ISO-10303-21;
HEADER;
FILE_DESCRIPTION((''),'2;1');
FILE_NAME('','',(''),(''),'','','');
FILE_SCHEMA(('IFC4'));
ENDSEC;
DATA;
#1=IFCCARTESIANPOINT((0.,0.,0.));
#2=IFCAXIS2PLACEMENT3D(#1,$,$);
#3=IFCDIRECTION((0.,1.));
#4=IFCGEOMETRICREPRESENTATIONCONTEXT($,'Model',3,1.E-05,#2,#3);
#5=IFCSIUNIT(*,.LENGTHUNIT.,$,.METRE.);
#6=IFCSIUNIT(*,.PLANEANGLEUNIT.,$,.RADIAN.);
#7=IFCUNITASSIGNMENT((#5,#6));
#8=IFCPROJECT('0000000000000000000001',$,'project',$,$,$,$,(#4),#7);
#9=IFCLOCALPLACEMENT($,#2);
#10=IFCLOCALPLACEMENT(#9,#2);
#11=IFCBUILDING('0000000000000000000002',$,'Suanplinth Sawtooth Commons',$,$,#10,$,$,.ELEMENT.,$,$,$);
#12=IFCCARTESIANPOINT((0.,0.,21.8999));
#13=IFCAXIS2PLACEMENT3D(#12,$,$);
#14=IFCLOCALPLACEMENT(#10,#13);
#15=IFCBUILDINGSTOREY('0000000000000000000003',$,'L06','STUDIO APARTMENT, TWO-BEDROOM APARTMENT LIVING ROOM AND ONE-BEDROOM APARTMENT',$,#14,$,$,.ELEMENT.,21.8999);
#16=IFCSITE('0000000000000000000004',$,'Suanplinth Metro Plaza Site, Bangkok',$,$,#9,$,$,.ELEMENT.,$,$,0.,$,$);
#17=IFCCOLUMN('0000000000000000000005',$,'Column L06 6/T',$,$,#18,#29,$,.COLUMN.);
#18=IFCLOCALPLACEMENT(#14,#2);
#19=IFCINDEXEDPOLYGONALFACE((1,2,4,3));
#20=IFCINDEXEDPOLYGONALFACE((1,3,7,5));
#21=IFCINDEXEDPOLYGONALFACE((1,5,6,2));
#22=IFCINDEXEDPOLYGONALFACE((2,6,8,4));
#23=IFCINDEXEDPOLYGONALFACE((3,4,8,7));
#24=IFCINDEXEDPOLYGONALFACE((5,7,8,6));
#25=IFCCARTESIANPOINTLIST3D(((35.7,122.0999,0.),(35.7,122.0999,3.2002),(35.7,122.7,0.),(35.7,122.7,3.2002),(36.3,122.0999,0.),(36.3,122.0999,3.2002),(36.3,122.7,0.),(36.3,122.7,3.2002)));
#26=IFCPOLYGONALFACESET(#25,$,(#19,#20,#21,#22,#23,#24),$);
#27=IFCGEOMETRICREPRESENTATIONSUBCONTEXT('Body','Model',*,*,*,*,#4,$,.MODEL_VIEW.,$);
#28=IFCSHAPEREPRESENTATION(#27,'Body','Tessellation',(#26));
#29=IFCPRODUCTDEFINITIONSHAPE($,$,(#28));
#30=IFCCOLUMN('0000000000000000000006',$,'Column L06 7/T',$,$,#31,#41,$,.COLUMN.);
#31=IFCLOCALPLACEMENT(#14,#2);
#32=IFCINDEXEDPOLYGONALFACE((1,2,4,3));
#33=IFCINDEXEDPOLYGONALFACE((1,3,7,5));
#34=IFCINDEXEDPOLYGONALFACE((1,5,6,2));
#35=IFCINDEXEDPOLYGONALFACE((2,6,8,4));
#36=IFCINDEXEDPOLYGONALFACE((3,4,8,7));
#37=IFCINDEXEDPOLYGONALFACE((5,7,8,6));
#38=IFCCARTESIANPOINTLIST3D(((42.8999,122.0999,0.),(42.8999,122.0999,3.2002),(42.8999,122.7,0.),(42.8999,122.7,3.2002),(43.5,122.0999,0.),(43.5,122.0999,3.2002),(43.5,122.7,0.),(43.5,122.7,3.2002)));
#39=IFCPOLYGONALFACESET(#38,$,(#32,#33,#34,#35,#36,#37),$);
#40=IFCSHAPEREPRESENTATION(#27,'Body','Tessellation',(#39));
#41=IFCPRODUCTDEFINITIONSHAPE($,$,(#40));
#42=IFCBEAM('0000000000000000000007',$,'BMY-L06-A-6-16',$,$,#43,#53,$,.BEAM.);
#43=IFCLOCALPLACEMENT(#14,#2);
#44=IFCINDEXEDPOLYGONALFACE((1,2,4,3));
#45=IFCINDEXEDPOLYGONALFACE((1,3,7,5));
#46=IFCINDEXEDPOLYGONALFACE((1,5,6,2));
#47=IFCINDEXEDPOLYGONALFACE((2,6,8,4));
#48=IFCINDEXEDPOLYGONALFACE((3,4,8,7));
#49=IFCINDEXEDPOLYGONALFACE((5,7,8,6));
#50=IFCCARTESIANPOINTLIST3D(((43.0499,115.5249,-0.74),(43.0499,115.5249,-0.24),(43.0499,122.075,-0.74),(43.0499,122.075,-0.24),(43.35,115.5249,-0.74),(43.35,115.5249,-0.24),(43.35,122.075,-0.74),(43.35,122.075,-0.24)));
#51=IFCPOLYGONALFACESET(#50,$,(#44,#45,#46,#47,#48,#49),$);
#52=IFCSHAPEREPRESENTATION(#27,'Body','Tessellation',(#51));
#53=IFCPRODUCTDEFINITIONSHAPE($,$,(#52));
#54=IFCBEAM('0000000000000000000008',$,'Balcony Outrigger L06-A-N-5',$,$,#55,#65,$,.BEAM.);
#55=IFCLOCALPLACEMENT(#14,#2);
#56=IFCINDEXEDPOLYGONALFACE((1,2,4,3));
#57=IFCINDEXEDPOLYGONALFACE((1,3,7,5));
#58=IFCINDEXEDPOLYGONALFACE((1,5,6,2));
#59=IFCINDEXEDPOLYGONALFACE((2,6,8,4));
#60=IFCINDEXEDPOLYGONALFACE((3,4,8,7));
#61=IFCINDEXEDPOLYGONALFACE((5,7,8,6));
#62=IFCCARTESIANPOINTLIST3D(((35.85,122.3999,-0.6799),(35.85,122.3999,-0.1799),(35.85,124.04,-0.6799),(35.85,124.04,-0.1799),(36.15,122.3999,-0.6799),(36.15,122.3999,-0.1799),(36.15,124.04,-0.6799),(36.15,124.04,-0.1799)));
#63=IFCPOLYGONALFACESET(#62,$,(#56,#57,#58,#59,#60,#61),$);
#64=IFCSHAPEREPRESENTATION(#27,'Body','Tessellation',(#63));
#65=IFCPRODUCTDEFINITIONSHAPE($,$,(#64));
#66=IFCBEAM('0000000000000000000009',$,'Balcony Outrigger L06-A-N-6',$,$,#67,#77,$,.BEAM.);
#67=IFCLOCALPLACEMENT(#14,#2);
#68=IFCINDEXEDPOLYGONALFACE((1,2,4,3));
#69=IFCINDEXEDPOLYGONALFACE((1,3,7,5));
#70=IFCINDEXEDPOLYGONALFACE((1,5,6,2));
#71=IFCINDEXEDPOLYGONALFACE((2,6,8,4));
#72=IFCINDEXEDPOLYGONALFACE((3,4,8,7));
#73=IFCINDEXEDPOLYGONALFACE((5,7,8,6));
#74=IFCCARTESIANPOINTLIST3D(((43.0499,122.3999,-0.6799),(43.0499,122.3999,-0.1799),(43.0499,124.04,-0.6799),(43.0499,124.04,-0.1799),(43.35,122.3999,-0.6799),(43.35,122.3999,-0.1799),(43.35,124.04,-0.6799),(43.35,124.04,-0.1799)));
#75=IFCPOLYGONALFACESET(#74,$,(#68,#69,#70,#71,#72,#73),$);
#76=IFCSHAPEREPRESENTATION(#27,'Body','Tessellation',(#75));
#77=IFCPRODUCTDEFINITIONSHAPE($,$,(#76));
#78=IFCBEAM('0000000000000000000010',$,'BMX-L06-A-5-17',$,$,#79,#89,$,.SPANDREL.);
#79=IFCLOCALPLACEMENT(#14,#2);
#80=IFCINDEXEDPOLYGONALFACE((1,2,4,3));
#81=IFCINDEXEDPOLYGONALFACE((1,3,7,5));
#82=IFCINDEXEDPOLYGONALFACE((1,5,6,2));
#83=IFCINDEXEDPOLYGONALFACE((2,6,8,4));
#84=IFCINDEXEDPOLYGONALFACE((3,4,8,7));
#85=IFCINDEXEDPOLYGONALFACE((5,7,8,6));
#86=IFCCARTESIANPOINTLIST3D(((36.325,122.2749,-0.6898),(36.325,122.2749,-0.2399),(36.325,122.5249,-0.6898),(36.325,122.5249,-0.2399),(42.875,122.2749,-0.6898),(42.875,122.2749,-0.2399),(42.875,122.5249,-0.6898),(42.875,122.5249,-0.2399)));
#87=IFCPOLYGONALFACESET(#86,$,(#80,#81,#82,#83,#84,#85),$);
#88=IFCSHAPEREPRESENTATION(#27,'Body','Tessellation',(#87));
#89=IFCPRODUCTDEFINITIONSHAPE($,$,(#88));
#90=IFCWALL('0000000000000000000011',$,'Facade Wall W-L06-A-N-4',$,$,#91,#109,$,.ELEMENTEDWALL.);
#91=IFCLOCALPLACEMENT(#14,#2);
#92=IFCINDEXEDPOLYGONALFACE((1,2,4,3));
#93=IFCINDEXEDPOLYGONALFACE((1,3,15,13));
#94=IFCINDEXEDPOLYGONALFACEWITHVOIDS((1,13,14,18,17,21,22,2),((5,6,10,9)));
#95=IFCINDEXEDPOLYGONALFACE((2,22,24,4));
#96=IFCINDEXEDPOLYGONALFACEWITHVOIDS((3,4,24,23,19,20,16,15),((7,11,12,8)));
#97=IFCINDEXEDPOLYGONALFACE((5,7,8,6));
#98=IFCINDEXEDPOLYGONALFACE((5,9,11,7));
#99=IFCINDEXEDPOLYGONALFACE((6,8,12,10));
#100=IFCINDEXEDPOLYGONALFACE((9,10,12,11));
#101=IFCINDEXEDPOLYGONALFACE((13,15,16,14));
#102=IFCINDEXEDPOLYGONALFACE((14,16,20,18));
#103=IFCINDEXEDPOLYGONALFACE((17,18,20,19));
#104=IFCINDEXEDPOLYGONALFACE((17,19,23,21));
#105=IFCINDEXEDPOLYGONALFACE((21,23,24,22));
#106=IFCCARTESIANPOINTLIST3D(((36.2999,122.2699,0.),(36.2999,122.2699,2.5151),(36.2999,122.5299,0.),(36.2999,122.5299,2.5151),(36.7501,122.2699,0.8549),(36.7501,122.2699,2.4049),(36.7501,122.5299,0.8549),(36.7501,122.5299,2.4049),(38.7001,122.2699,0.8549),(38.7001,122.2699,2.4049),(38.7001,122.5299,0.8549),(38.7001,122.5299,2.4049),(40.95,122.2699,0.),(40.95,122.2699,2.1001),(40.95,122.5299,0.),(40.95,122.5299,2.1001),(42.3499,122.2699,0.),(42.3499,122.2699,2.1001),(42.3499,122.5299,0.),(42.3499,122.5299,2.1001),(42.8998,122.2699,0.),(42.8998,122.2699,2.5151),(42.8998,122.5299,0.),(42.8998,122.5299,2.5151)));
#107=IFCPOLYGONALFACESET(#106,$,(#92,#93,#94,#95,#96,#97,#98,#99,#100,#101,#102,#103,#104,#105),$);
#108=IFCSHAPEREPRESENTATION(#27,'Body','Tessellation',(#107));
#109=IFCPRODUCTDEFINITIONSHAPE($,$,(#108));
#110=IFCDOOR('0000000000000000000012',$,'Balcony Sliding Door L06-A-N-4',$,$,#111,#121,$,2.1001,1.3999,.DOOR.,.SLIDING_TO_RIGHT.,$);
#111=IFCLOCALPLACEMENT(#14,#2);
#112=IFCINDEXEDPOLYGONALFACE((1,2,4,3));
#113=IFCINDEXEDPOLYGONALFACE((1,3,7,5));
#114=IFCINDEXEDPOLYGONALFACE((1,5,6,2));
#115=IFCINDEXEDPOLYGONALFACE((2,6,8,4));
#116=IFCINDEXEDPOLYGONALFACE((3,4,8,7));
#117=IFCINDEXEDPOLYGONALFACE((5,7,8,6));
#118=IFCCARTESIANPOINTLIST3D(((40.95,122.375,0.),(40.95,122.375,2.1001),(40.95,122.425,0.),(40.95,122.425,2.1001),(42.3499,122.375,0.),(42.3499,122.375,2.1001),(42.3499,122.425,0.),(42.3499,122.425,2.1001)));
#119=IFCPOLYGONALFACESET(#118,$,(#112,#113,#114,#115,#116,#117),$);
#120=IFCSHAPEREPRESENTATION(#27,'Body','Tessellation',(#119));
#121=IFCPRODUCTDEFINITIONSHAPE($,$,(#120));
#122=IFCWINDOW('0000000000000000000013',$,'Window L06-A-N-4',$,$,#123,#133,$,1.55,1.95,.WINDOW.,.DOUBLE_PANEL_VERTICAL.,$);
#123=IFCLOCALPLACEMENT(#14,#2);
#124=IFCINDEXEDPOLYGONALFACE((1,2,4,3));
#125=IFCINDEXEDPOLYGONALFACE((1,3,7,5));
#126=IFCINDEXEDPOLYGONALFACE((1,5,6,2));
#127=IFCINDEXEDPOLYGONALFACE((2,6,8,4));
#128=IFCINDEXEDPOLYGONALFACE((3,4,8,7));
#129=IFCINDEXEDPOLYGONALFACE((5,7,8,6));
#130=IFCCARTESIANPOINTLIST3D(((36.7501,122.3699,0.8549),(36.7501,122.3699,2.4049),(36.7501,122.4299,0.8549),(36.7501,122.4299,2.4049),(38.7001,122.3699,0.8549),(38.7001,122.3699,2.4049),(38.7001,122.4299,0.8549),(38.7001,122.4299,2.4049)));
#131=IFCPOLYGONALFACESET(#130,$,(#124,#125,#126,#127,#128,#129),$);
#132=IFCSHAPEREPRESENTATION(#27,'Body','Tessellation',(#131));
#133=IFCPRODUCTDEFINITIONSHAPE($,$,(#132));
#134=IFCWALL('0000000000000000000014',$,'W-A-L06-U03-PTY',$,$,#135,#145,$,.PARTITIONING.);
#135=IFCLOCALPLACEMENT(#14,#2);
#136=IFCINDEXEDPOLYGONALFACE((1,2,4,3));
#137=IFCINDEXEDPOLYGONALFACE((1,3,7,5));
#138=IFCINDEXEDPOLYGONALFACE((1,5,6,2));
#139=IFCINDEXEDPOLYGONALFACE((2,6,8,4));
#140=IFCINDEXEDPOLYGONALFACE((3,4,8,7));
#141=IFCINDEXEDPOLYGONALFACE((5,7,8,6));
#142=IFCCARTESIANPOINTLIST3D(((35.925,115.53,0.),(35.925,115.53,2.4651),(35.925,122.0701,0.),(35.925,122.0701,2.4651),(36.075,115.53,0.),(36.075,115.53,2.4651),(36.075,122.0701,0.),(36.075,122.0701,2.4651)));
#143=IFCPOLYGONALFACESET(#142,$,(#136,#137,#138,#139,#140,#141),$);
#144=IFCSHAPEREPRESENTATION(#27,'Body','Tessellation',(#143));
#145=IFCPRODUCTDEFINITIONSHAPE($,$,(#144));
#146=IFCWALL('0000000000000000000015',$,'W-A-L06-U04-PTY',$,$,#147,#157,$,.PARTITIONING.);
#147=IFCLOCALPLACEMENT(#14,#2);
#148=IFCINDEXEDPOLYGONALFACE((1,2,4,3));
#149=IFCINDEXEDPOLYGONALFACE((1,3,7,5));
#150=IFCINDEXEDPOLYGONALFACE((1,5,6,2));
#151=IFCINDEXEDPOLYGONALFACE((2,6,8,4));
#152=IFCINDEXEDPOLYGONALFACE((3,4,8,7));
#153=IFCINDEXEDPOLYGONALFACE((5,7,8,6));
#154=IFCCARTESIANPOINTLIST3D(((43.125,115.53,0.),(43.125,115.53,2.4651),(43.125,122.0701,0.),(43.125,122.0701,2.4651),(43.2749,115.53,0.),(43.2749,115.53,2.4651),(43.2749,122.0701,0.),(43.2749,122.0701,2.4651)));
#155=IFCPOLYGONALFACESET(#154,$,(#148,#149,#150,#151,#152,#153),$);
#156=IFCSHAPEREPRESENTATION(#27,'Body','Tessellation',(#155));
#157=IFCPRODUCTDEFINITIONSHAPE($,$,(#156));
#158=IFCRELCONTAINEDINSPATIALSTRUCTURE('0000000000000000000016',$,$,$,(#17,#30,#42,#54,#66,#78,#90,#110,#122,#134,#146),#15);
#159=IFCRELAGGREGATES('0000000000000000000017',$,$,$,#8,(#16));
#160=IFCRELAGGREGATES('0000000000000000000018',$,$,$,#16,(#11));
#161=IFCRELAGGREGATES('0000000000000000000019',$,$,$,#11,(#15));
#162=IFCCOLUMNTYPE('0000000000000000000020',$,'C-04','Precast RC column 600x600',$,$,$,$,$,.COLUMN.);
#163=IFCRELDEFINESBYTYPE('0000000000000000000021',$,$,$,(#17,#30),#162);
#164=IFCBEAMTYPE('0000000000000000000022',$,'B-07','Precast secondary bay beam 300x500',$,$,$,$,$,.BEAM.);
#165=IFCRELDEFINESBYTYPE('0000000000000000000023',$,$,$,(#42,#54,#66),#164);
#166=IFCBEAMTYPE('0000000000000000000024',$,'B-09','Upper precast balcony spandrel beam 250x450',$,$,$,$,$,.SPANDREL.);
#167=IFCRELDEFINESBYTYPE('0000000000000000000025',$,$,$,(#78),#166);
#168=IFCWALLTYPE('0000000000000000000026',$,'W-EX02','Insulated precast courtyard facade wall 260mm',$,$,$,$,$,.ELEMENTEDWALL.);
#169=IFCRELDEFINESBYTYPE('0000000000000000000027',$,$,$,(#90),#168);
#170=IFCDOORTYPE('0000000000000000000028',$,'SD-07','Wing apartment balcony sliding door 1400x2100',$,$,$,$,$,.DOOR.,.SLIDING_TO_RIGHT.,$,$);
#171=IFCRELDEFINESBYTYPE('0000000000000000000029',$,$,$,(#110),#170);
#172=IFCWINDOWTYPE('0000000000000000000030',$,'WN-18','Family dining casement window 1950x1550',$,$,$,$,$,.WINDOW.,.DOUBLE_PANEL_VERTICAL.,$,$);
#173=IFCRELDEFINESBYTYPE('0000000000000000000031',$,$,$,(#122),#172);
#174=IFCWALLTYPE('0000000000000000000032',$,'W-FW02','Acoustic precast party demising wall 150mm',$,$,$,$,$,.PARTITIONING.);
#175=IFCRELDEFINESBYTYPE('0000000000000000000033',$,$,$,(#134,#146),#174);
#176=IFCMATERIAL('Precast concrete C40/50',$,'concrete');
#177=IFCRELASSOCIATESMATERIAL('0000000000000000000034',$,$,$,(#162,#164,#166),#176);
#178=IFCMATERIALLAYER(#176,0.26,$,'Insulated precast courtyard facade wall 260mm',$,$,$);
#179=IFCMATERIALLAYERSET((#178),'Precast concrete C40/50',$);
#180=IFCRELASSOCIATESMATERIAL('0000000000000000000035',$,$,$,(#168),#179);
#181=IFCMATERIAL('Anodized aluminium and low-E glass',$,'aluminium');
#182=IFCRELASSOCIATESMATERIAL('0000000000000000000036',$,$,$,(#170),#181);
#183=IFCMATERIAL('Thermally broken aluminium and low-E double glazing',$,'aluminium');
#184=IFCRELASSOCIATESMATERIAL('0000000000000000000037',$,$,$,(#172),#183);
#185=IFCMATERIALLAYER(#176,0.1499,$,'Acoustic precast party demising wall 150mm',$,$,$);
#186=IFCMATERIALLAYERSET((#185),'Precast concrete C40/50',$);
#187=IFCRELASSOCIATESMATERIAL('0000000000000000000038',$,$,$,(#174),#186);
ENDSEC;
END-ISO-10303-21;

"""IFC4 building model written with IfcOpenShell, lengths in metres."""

from ifc_helpers import new_model, si_unit, direction, frame, frame_2d, origin, origin_2d, place, context, subcontext, project, spatial, rectangle, extrude, material, layer, layer_set, material_profile, profile_set, type_object, element, fill, save


model = new_model("IFC4")

# Units and contexts
model_context = context("Model", 3, precision=1e-05, world=origin(), true_north=direction((0.0, 1.0)))
body_context = subcontext(model_context, "Body", "Model", "MODEL_VIEW")
ifc_project = project(units=[si_unit("LENGTHUNIT", "METRE"), si_unit("PLANEANGLEUNIT", "RADIAN")], contexts=[model_context])

# Site, building, storey
site_placement = place(None, origin())
site = spatial("IfcSite", under=ifc_project, at=site_placement, Name="Suanplinth Metro Plaza Site, Bangkok", CompositionType="ELEMENT", RefElevation=0.0)
building_placement = place(site_placement, origin())
building = spatial("IfcBuilding", under=site, at=building_placement, Name="Suanplinth Sawtooth Commons", CompositionType="ELEMENT")
storey_placement = place(building_placement, frame((0.0, 0.0, 21.8999)))
storey = spatial("IfcBuildingStorey", under=building, at=storey_placement, Name="L06", Description="STUDIO APARTMENT, TWO-BEDROOM APARTMENT LIVING ROOM AND ONE-BEDROOM APARTMENT", CompositionType="ELEMENT", Elevation=21.8999)

# Columns
ifc_material_1 = material(Name="Precast concrete C40/50", Category="concrete")
ifc_material_profile_1 = material_profile(ifc_material_1, rectangle(XDim=0.6001, YDim=0.6001, at=origin_2d()), Name="PC-COL 600x600")
ifc_profile_set_1 = profile_set([ifc_material_profile_1], Name="Precast concrete C40/50")
column_type = type_object("IfcColumnType", Name="C-04", Description="Precast RC column 600x600", PredefinedType="COLUMN", material=ifc_profile_set_1)
for number, where, z_axis, x_axis, name in (
    (1, (36.0, 122.3999, 0.0), (0.0, 0.0, 1.0), (1.0, 0.0, 0.0), "Column L06 6/T"),
    (2, (43.2, 122.3999, 0.0), (0.0, 0.0, 1.0), (1.0, 0.0, 0.0), "Column L06 7/T"),
):
    element("IfcColumn", number, at=place(storey_placement, frame(where, z_axis=z_axis, x_axis=x_axis)), inside=storey, type_object=column_type, Name=name, PredefinedType="COLUMN", context=body_context, shape_type="SweptSolid", body=[
        extrude(rectangle(XDim=0.6001, YDim=0.6001, at=origin_2d()), origin(), (0.0, 0.0, 1.0), 3.2002),
    ])

# Beams
ifc_material_profile_2 = material_profile(ifc_material_1, rectangle(XDim=0.3, YDim=0.5, at=origin_2d()), Name="PC-BM 300x500")
ifc_profile_set_2 = profile_set([ifc_material_profile_2], Name="Precast concrete C40/50")
beam_type_1 = type_object("IfcBeamType", Name="B-07", Description="Precast secondary bay beam 300x500", PredefinedType="BEAM", material=ifc_profile_set_2)
beam_1_placement = place(storey_placement, frame((43.2, 115.5249, -0.49), z_axis=(0.0, 1.0, 0.0), x_axis=(-1.0, 0.0, 0.0)))
element("IfcBeam", 3, at=beam_1_placement, inside=storey, type_object=beam_type_1, Name="BMY-L06-A-6-16", PredefinedType="BEAM", context=body_context, shape_type="SweptSolid", body=[
    extrude(rectangle(XDim=0.3, YDim=0.5, at=origin_2d()), origin(), (0.0, 0.0, 1.0), 6.55),
])
for number, where, z_axis, x_axis, name in (
    (4, (36.0, 122.3999, -0.4299), (0.0, 1.0, 0.0), (-1.0, 0.0, 0.0), "Balcony Outrigger L06-A-N-5"),
    (5, (43.2, 122.3999, -0.4299), (0.0, 1.0, 0.0), (-1.0, 0.0, 0.0), "Balcony Outrigger L06-A-N-6"),
):
    element("IfcBeam", number, at=place(storey_placement, frame(where, z_axis=z_axis, x_axis=x_axis)), inside=storey, type_object=beam_type_1, Name=name, PredefinedType="BEAM", context=body_context, shape_type="SweptSolid", body=[
        extrude(rectangle(XDim=0.3, YDim=0.5, at=origin_2d()), origin(), (0.0, 0.0, 1.0), 1.6401),
    ])
ifc_material_profile_3 = material_profile(ifc_material_1, rectangle(XDim=0.25, YDim=0.45, at=origin_2d()), Name="PC-SP 250x450")
ifc_profile_set_3 = profile_set([ifc_material_profile_3], Name="Precast concrete C40/50")
beam_type_2 = type_object("IfcBeamType", Name="B-09", Description="Upper precast balcony spandrel beam 250x450", PredefinedType="SPANDREL", material=ifc_profile_set_3)
beam_2_placement = place(storey_placement, frame((36.325, 122.3999, -0.4648), z_axis=(1.0, 0.0, 0.0), x_axis=(0.0, 1.0, 0.0)))
element("IfcBeam", 6, at=beam_2_placement, inside=storey, type_object=beam_type_2, Name="BMX-L06-A-5-17", PredefinedType="SPANDREL", context=body_context, shape_type="SweptSolid", body=[
    extrude(rectangle(XDim=0.25, YDim=0.45, at=origin_2d()), origin(), (0.0, 0.0, 1.0), 6.55),
])

# Wall, openings, door, window
ifc_layer_1 = layer(ifc_material_1, 0.26, Name="Insulated precast courtyard facade wall 260mm")
ifc_layer_set_1 = layer_set([ifc_layer_1], Name="Precast concrete C40/50")
wall_type_1 = type_object("IfcWallType", Name="W-EX02", Description="Insulated precast courtyard facade wall 260mm", PredefinedType="ELEMENTEDWALL", material=ifc_layer_set_1)
wall_1_placement = place(storey_placement, frame((36.3, 122.3999, 0.0), z_axis=(0.0, 0.0, 1.0), x_axis=(1.0, 0.0, 0.0)))
wall_1 = element("IfcWall", 7, at=wall_1_placement, inside=storey, type_object=wall_type_1, Name="Facade Wall W-L06-A-N-4", PredefinedType="ELEMENTEDWALL", context=body_context, shape_type="SweptSolid", body=[
    extrude(rectangle(XDim=6.5999, YDim=0.26, at=frame_2d((3.2998, 0.0))), origin(), (0.0, 0.0, 1.0), 2.5151),
])
opening_1_placement = place(wall_1_placement, frame((4.6499, 0.0, 0.0)))
opening_1 = element("IfcOpeningElement", 8, at=opening_1_placement, cuts=wall_1, PredefinedType="OPENING", context=body_context, shape_type="SweptSolid", body=[
    extrude(rectangle(XDim=1.3999, YDim=2.1001, at=frame_2d((0.7, 1.05))), frame((0.0, 0.145, 0.0), z_axis=(0.0, -1.0, 0.0), x_axis=(1.0, 0.0, 0.0)), (0.0, 0.0, 1.0), 0.2898),
])
opening_2_placement = place(wall_1_placement, frame((0.45, 0.0, 0.855)))
opening_2 = element("IfcOpeningElement", 9, at=opening_2_placement, cuts=wall_1, PredefinedType="OPENING", context=body_context, shape_type="SweptSolid", body=[
    extrude(rectangle(XDim=1.95, YDim=1.55, at=frame_2d((0.9751, 0.7749))), frame((0.0, 0.145, 0.0), z_axis=(0.0, -1.0, 0.0), x_axis=(1.0, 0.0, 0.0)), (0.0, 0.0, 1.0), 0.2898),
])
ifc_material_2 = material(Name="Anodized aluminium and low-E glass", Category="aluminium")
door_type_1 = type_object("IfcDoorType", Name="SD-07", Description="Wing apartment balcony sliding door 1400x2100", OperationType="SLIDING_TO_RIGHT", PredefinedType="DOOR", material=ifc_material_2)
door_1_placement = place(opening_1_placement, frame((1.3999, 0.0, 0.0), z_axis=(0.0, 0.0, 1.0), x_axis=(-1.0, 0.0, 0.0)))
door_1 = element("IfcDoor", 10, at=door_1_placement, inside=storey, type_object=door_type_1, Name="Balcony Sliding Door L06-A-N-4", OperationType="SLIDING_TO_RIGHT", OverallHeight=2.1001, OverallWidth=1.3999, PredefinedType="DOOR", context=body_context, shape_type="SweptSolid", body=[
    extrude(rectangle(XDim=1.3999, YDim=2.1001, at=frame_2d((0.7, 1.05))), frame((0.0, 0.0249, 0.0), z_axis=(0.0, -1.0, 0.0), x_axis=(1.0, 0.0, 0.0)), (0.0, 0.0, 1.0), 0.05),
])
fill(opening_1, door_1)
ifc_material_3 = material(Name="Thermally broken aluminium and low-E double glazing", Category="aluminium")
window_type = type_object("IfcWindowType", Name="WN-18", Description="Family dining casement window 1950x1550", PartitioningType="DOUBLE_PANEL_VERTICAL", PredefinedType="WINDOW", material=ifc_material_3)
window_placement = place(opening_2_placement, origin())
window = element("IfcWindow", 11, at=window_placement, inside=storey, type_object=window_type, Name="Window L06-A-N-4", OverallHeight=1.55, OverallWidth=1.95, PartitioningType="DOUBLE_PANEL_VERTICAL", PredefinedType="WINDOW", context=body_context, shape_type="SweptSolid", body=[
    extrude(rectangle(XDim=1.95, YDim=1.55, at=frame_2d((0.9751, 0.7749))), frame((0.0, 0.03, 0.0), z_axis=(0.0, -1.0, 0.0), x_axis=(1.0, 0.0, 0.0)), (0.0, 0.0, 1.0), 0.0601),
])
fill(opening_2, window)

# Walls
ifc_layer_2 = layer(ifc_material_1, 0.1499, Name="Acoustic precast party demising wall 150mm")
ifc_layer_set_2 = layer_set([ifc_layer_2], Name="Precast concrete C40/50")
wall_type_2 = type_object("IfcWallType", Name="W-FW02", Description="Acoustic precast party demising wall 150mm", PredefinedType="PARTITIONING", material=ifc_layer_set_2)
for number, where, z_axis, x_axis, name in (
    (12, (36.0, 115.53, 0.0), (0.0, 0.0, 1.0), (0.0, 1.0, 0.0), "W-A-L06-U03-PTY"),
    (13, (43.2, 115.53, 0.0), (0.0, 0.0, 1.0), (0.0, 1.0, 0.0), "W-A-L06-U04-PTY"),
):
    element("IfcWall", number, at=place(storey_placement, frame(where, z_axis=z_axis, x_axis=x_axis)), inside=storey, type_object=wall_type_2, Name=name, PredefinedType="PARTITIONING", context=body_context, shape_type="SweptSolid", body=[
        extrude(rectangle(XDim=6.54, YDim=0.1499, at=frame_2d((3.27, 0.0))), origin(), (0.0, 0.0, 1.0), 2.4651),
    ])

save(model, "model.ifc")
